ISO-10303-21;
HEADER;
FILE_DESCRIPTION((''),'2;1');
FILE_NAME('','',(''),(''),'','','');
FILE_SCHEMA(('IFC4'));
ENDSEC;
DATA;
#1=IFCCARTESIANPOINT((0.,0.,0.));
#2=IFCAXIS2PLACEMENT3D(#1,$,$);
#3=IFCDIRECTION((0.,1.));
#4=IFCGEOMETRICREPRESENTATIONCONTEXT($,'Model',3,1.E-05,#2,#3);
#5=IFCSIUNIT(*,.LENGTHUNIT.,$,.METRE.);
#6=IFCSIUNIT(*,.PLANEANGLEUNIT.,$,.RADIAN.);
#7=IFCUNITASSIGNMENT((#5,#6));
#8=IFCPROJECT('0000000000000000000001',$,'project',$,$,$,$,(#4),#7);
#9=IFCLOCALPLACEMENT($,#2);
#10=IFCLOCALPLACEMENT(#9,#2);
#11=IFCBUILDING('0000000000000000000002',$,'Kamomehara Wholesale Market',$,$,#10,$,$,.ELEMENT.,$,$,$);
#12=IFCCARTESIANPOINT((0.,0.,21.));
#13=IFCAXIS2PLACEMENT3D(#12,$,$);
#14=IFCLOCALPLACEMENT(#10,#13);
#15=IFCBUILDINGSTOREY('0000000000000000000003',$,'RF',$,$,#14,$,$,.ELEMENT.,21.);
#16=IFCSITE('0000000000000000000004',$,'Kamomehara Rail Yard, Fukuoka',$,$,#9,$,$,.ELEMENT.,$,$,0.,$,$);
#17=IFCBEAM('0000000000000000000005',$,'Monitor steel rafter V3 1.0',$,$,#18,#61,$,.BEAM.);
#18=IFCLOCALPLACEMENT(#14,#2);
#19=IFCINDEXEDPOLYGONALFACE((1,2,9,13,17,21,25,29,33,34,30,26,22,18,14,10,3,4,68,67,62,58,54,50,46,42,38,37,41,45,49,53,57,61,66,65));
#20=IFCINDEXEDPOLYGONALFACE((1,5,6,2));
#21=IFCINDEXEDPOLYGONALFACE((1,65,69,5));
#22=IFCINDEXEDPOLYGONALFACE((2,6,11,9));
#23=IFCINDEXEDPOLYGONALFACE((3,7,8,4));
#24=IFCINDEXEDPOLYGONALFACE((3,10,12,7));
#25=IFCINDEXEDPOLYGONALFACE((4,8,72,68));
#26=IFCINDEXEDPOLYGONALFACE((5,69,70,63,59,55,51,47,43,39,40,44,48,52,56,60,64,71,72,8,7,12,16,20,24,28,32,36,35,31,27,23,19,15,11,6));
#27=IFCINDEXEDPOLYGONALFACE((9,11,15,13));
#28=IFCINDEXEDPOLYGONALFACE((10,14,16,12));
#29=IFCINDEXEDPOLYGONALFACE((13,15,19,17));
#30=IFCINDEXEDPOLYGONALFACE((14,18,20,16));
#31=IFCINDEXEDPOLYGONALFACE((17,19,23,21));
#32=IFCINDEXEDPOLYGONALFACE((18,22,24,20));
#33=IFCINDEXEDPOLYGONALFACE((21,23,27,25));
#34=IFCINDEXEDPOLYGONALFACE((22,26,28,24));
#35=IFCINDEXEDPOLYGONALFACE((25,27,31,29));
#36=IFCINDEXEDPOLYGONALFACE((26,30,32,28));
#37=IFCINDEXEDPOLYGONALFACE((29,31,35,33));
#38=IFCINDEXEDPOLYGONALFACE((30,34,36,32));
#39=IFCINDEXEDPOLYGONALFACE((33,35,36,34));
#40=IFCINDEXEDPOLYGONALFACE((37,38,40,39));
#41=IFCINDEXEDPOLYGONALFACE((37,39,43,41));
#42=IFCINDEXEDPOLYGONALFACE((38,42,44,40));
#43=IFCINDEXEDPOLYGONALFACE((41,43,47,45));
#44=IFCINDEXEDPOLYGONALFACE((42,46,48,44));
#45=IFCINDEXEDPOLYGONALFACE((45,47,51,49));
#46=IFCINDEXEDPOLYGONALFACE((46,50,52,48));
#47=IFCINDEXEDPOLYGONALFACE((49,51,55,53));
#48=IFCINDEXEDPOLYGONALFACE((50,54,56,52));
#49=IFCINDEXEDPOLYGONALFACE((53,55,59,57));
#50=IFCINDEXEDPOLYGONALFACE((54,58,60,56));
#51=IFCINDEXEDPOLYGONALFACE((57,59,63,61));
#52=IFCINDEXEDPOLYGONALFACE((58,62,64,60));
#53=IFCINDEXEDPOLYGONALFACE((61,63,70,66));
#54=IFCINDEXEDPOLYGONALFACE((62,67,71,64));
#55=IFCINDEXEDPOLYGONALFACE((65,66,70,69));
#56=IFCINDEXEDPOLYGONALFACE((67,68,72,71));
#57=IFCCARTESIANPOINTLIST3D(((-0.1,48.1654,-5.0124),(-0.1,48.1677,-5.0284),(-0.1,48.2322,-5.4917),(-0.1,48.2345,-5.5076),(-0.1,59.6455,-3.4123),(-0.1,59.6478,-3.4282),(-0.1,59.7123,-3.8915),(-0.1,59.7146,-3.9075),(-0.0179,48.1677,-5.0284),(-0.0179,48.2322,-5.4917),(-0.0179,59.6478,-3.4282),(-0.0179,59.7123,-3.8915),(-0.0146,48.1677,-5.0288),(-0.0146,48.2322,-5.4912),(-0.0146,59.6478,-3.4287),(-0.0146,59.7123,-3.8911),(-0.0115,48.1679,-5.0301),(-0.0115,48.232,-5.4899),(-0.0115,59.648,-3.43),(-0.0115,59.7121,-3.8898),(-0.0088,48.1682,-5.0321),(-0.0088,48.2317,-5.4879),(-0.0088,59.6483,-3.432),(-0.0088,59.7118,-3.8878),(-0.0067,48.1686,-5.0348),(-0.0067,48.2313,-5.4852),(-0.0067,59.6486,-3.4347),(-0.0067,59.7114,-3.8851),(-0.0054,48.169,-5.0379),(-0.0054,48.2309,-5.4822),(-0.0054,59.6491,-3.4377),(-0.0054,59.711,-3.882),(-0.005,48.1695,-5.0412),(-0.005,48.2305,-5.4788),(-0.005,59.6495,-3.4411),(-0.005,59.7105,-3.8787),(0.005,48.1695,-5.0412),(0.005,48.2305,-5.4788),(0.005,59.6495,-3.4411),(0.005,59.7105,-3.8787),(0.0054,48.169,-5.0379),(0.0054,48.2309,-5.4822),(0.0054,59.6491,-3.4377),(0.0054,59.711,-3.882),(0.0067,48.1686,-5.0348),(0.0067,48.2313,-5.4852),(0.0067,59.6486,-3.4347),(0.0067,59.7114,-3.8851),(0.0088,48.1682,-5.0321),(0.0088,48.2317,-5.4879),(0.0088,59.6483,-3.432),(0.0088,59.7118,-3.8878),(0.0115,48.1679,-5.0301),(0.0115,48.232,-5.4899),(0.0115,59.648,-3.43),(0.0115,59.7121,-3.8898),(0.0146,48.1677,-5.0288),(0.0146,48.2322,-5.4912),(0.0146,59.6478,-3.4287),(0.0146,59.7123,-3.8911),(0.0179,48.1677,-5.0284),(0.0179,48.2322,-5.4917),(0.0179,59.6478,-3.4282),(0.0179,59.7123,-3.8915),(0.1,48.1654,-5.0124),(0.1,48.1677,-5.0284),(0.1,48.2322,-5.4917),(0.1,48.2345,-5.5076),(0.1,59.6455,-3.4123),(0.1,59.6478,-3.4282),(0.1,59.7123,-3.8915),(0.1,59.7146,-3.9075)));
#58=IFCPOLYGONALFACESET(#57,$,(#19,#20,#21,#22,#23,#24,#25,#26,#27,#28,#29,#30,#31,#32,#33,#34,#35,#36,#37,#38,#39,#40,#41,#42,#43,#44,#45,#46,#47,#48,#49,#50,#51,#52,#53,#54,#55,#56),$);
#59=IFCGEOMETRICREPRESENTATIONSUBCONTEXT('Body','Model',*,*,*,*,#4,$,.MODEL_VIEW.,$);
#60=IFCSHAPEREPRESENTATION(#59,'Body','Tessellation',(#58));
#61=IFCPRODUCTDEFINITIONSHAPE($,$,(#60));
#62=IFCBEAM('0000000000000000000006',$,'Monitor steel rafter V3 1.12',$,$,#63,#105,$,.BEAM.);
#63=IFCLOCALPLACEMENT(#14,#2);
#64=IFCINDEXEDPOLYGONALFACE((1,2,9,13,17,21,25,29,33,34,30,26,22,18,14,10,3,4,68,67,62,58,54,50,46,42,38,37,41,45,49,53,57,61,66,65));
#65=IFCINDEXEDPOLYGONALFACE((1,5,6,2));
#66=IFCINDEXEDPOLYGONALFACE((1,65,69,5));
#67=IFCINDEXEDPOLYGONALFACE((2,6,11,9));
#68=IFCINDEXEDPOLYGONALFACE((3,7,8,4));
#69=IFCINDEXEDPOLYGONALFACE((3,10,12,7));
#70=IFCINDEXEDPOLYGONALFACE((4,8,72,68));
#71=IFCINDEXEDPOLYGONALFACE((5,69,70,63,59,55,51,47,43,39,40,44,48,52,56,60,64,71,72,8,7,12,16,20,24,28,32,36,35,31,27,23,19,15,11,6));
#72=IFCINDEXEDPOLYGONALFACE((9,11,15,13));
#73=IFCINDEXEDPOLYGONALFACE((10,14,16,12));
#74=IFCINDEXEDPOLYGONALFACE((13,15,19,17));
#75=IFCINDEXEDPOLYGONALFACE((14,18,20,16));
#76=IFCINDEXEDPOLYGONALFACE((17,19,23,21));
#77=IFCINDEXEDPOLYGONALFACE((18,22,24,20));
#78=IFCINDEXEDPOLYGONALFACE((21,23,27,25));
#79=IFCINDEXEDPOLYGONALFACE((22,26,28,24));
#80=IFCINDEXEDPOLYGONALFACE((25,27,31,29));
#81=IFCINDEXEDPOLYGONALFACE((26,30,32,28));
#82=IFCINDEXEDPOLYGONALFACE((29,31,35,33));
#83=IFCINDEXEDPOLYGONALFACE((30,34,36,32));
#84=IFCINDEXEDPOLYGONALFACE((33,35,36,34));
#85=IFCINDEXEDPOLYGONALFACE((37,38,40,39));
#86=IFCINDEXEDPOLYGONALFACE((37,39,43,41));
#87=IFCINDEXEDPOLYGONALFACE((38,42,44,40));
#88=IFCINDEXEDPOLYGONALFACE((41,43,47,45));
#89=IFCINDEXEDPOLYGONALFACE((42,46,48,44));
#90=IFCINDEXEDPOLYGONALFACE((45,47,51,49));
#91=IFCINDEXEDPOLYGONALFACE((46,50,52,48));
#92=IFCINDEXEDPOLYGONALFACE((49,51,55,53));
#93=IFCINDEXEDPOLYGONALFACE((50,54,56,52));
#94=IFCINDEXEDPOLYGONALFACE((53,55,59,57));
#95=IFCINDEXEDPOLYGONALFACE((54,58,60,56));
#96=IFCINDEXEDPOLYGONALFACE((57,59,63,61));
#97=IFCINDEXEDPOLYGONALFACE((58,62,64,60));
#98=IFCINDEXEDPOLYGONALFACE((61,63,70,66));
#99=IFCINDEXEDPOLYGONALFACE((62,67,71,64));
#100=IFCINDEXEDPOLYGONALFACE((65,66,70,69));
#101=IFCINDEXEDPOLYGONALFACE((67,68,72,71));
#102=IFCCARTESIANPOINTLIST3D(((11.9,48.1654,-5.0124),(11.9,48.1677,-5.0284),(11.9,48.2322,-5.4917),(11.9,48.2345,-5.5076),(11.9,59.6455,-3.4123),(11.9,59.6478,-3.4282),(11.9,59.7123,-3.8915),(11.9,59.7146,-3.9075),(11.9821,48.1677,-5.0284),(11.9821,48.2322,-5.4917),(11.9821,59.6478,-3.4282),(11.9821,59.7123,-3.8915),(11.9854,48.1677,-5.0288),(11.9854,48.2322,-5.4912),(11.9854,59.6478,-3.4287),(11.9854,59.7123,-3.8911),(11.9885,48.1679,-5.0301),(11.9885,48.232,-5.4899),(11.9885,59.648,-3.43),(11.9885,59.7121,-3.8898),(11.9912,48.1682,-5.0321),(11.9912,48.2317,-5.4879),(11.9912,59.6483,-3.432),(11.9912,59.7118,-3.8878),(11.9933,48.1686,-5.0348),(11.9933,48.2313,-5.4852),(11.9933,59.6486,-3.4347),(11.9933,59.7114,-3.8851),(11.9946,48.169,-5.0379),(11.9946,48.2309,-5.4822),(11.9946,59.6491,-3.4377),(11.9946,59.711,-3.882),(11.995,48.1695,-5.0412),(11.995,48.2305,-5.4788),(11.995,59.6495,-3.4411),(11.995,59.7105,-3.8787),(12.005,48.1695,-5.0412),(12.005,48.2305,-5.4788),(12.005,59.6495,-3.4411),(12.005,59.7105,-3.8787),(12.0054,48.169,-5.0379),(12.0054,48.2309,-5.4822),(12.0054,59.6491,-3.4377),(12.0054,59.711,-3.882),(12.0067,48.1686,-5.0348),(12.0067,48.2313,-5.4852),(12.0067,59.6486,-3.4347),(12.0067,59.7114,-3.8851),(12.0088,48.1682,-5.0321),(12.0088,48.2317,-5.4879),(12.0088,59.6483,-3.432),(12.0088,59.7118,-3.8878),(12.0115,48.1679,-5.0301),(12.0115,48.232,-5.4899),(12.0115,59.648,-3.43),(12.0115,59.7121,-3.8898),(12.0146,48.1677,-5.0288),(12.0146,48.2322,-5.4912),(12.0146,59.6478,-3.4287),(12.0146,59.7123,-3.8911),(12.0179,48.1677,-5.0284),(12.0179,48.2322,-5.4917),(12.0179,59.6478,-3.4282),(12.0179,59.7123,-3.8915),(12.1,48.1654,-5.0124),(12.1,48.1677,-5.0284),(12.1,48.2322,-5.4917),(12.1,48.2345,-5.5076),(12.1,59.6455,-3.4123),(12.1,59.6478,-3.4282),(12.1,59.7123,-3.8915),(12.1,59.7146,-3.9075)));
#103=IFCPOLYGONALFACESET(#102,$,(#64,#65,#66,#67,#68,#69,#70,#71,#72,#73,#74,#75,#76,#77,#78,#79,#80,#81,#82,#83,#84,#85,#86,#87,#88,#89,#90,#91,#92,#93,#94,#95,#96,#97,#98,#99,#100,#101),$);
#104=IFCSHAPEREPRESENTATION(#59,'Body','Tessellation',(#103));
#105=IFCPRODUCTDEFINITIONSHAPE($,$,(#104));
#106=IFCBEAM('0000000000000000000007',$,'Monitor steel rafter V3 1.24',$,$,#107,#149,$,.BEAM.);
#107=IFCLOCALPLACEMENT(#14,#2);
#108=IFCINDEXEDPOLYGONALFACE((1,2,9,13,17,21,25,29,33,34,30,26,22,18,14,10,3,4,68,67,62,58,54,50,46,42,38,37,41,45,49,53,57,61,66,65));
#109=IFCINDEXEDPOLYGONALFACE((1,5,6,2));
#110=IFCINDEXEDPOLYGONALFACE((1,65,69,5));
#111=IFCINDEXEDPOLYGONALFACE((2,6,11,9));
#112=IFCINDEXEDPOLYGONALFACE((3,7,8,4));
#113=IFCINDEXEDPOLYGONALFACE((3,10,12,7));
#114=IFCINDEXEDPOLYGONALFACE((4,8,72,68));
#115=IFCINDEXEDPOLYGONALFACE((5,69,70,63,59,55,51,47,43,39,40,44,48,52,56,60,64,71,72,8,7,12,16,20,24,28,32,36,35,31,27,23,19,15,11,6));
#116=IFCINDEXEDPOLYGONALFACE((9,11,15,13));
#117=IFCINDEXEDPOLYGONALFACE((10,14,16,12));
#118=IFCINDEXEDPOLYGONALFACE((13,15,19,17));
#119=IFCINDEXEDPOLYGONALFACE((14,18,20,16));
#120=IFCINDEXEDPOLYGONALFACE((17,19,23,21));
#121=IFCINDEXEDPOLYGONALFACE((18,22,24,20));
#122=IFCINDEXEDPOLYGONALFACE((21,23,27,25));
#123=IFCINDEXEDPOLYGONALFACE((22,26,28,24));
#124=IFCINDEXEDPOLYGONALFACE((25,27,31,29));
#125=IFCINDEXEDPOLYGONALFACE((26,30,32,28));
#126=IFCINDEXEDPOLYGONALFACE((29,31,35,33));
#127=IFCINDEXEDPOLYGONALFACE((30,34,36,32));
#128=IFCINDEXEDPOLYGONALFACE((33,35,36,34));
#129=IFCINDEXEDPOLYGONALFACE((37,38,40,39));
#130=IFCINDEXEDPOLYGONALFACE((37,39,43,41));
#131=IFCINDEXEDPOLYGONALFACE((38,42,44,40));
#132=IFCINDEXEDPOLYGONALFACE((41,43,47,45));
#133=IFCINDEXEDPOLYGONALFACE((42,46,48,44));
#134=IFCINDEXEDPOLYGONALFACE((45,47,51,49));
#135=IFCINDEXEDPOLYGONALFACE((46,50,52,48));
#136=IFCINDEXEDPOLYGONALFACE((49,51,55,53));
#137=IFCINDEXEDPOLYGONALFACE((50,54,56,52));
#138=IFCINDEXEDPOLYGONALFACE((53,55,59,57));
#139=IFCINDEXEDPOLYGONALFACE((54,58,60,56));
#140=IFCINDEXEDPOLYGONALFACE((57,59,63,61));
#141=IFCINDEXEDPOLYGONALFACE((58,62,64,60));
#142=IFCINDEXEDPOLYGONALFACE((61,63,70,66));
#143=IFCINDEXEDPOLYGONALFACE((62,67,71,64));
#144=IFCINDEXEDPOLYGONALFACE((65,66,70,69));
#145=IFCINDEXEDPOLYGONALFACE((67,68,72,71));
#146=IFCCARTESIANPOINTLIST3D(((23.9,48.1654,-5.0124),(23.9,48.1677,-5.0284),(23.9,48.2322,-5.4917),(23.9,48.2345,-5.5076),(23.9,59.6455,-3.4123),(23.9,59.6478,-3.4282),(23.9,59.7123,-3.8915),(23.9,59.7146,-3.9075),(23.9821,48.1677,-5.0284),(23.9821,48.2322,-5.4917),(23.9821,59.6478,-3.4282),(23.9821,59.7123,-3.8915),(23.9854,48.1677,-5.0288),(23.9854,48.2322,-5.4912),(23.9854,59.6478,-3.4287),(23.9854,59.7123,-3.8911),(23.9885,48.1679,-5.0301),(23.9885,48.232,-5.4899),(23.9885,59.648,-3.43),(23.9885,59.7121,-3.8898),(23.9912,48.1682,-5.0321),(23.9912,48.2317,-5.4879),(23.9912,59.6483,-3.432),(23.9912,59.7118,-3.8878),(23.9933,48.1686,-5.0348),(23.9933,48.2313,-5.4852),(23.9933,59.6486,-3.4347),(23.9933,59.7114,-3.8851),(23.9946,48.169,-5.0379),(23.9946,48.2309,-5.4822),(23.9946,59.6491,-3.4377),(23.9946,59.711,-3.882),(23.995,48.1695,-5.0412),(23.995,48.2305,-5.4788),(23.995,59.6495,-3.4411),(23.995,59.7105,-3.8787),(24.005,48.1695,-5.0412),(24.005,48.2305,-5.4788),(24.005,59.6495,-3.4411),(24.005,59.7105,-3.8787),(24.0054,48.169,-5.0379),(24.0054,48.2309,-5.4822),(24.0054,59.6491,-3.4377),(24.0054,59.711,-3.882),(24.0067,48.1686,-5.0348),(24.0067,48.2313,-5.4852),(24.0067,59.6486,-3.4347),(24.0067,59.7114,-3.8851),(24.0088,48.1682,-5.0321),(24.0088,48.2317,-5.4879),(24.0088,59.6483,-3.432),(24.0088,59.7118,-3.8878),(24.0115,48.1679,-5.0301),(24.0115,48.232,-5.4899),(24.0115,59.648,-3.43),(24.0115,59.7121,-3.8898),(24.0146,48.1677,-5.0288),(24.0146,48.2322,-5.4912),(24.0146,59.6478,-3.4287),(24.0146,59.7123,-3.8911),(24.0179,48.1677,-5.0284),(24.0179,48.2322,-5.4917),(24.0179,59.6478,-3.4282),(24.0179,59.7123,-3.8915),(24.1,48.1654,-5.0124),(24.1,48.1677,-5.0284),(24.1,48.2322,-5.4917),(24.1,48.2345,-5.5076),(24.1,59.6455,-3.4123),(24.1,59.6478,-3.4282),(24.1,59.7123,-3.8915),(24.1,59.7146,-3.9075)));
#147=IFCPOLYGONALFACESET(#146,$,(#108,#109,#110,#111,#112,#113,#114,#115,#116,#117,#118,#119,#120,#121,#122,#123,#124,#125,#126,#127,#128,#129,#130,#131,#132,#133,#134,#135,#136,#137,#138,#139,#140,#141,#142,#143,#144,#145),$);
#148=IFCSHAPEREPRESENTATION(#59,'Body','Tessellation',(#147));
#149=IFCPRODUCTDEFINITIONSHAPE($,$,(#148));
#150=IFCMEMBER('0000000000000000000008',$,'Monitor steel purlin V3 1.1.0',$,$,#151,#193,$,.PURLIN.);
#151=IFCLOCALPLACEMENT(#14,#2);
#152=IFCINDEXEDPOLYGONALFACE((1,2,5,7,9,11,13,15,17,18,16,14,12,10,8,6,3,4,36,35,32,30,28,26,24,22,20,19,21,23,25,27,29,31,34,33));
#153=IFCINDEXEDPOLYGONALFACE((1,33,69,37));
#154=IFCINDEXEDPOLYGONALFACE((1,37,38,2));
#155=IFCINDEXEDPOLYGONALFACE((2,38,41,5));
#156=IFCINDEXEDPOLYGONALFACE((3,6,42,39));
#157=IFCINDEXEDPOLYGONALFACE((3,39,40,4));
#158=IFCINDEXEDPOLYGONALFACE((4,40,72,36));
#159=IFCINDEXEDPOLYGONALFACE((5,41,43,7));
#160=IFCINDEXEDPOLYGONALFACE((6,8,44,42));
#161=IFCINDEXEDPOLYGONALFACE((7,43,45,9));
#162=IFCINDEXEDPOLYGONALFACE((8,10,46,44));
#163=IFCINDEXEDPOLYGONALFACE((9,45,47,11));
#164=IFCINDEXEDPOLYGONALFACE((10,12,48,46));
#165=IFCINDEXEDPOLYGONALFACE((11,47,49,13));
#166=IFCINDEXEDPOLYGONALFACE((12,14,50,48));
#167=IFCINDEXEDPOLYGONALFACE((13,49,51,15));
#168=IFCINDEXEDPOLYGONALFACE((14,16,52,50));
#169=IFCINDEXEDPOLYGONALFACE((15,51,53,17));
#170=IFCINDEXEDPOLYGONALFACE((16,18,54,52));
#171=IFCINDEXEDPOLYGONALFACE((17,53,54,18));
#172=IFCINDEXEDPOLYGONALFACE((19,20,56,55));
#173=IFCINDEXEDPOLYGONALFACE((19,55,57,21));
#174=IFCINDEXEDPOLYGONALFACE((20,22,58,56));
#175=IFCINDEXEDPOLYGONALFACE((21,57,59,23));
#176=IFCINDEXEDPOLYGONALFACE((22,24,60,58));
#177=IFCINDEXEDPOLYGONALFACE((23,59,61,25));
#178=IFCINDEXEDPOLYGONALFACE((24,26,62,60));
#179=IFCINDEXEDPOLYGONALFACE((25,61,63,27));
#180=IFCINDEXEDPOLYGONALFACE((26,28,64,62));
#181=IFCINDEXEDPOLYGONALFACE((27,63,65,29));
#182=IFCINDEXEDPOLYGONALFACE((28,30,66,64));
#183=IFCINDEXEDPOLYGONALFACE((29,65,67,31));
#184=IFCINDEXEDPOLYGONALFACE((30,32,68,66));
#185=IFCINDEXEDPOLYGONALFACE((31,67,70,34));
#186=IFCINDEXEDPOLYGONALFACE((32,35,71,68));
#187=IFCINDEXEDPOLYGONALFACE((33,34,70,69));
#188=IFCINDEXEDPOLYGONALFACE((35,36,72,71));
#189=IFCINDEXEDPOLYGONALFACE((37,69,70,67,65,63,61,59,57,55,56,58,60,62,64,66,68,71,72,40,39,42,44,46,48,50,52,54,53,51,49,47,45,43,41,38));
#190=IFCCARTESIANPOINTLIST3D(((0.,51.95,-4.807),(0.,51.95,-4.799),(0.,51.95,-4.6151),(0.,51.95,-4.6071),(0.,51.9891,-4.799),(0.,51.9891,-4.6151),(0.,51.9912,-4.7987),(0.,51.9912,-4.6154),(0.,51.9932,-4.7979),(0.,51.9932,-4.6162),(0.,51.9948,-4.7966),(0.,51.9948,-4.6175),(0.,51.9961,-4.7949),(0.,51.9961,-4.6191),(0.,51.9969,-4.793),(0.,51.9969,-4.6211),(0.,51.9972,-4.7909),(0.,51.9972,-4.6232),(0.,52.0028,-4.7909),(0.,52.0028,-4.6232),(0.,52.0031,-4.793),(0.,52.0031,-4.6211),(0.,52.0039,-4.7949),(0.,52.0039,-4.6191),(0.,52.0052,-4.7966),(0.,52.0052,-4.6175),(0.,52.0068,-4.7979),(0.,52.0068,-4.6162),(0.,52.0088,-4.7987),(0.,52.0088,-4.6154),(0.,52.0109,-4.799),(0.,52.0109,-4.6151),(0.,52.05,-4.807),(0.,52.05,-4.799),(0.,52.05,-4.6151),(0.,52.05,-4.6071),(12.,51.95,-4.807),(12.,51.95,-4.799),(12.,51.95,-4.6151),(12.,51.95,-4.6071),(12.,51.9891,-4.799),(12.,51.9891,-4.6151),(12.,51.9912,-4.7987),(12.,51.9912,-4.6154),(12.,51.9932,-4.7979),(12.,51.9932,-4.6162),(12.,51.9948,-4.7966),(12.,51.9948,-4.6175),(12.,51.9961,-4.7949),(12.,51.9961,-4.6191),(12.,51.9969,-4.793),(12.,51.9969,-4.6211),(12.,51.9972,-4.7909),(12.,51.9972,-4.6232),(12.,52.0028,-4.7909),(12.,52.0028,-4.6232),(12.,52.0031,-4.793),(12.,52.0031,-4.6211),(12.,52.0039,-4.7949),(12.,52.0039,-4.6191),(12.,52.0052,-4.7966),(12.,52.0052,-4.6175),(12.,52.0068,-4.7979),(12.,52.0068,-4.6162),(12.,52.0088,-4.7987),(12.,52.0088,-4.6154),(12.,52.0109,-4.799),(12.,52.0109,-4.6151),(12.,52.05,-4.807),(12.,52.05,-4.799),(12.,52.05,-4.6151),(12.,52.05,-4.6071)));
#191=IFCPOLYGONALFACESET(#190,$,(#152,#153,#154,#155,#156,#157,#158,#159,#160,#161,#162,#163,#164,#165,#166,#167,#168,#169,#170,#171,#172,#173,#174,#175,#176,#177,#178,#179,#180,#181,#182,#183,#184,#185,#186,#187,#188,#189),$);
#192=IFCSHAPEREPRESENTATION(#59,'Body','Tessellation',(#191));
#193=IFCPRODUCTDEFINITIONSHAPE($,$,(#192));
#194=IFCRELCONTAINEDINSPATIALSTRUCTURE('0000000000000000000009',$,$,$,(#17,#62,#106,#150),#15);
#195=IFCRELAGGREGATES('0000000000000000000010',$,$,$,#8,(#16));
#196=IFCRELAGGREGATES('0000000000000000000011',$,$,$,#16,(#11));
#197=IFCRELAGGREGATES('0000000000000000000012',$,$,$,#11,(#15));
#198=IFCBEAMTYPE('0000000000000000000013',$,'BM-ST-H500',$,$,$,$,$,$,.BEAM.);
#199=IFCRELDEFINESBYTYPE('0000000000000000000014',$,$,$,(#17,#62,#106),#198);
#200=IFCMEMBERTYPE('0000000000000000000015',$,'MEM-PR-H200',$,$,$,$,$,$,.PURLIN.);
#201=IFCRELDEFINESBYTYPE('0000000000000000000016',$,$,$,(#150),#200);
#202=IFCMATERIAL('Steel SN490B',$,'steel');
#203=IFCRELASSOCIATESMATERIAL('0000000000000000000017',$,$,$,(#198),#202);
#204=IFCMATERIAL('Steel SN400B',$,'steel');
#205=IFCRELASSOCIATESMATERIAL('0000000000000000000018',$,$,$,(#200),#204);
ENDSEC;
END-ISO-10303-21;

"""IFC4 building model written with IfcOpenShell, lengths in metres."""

from ifc_helpers import new_model, si_unit, direction, frame, origin, origin_2d, place, context, subcontext, project, spatial, i_section, extrude, material, material_profile, profile_set, type_object, element, save


model = new_model("IFC4")

# Units and contexts
model_context = context("Model", 3, precision=1e-05, world=origin(), true_north=direction((0.0, 1.0)))
body_context = subcontext(model_context, "Body", "Model", "MODEL_VIEW")
ifc_project = project(units=[si_unit("LENGTHUNIT", "METRE"), si_unit("PLANEANGLEUNIT", "RADIAN")], contexts=[model_context])

# Site, building, storey
site_placement = place(None, origin())
site = spatial("IfcSite", under=ifc_project, at=site_placement, Name="Kamomehara Rail Yard, Fukuoka", CompositionType="ELEMENT", RefElevation=0.0)
building_placement = place(site_placement, origin())
building = spatial("IfcBuilding", under=site, at=building_placement, Name="Kamomehara Wholesale Market", CompositionType="ELEMENT")
storey_placement = place(building_placement, frame((0.0, 0.0, 21.0)))
storey = spatial("IfcBuildingStorey", under=building, at=storey_placement, Name="RF", CompositionType="ELEMENT", Elevation=21.0)

# Beams
ifc_material_1 = material(Name="Steel SN490B", Category="steel")
ifc_material_profile_1 = material_profile(ifc_material_1, i_section(OverallWidth=0.2, OverallDepth=0.5, WebThickness=0.01, FlangeThickness=0.0161, FilletRadius=0.0129, at=origin_2d()), Name="H-500x200x10x16")
ifc_profile_set_1 = profile_set([ifc_material_profile_1], Name="Steel SN490B")
beam_type_1 = type_object("IfcBeamType", Name="BM-ST-H500", PredefinedType="BEAM", material=ifc_profile_set_1)
for number, where, z_axis, x_axis, name in (
    (1, (0.0, 48.2, -5.26), (0.0, 0.990426, 0.138047), (-1.0, 0.0, 0.0), "Monitor steel rafter V3 1.0"),
    (2, (12.0, 48.2, -5.26), (0.0, 0.990426, 0.138047), (-1.0, 0.0, 0.0), "Monitor steel rafter V3 1.12"),
    (3, (24.0, 48.2, -5.26), (0.0, 0.990426, 0.138047), (-1.0, 0.0, 0.0), "Monitor steel rafter V3 1.24"),
):
    element("IfcBeam", number, at=place(storey_placement, frame(where, z_axis=z_axis, x_axis=x_axis)), inside=storey, type_object=beam_type_1, Name=name, PredefinedType="BEAM", context=body_context, shape_type="SweptSolid", body=[
        extrude(i_section(OverallWidth=0.2, OverallDepth=0.5, WebThickness=0.01, FlangeThickness=0.0161, FilletRadius=0.0129, at=origin_2d()), origin(), (0.0, 0.0, 1.0), 11.5911),
    ])

# Member
ifc_material_2 = material(Name="Steel SN400B", Category="steel")
ifc_material_profile_2 = material_profile(ifc_material_2, i_section(OverallWidth=0.1001, OverallDepth=0.2, WebThickness=0.0056, FlangeThickness=0.0081, FilletRadius=0.0081, at=origin_2d()), Name="H-200x100x5.5x8")
ifc_profile_set_2 = profile_set([ifc_material_profile_2], Name="Steel SN400B")
member_type = type_object("IfcMemberType", Name="MEM-PR-H200", PredefinedType="PURLIN", material=ifc_profile_set_2)
for number, where, z_axis, x_axis, name in (
    (4, (0.0, 52.0, -4.707), (1.0, 0.0, 0.0), (0.0, 1.0, 0.0), "Monitor steel purlin V3 1.1.0"),
):
    element("IfcMember", number, at=place(storey_placement, frame(where, z_axis=z_axis, x_axis=x_axis)), inside=storey, type_object=member_type, Name=name, PredefinedType="PURLIN", context=body_context, shape_type="SweptSolid", body=[
        extrude(i_section(OverallWidth=0.1001, OverallDepth=0.2, WebThickness=0.0056, FlangeThickness=0.0081, FilletRadius=0.0081, at=origin_2d()), origin(), (0.0, 0.0, 1.0), 12.0),
    ])

save(model, "model.ifc")
